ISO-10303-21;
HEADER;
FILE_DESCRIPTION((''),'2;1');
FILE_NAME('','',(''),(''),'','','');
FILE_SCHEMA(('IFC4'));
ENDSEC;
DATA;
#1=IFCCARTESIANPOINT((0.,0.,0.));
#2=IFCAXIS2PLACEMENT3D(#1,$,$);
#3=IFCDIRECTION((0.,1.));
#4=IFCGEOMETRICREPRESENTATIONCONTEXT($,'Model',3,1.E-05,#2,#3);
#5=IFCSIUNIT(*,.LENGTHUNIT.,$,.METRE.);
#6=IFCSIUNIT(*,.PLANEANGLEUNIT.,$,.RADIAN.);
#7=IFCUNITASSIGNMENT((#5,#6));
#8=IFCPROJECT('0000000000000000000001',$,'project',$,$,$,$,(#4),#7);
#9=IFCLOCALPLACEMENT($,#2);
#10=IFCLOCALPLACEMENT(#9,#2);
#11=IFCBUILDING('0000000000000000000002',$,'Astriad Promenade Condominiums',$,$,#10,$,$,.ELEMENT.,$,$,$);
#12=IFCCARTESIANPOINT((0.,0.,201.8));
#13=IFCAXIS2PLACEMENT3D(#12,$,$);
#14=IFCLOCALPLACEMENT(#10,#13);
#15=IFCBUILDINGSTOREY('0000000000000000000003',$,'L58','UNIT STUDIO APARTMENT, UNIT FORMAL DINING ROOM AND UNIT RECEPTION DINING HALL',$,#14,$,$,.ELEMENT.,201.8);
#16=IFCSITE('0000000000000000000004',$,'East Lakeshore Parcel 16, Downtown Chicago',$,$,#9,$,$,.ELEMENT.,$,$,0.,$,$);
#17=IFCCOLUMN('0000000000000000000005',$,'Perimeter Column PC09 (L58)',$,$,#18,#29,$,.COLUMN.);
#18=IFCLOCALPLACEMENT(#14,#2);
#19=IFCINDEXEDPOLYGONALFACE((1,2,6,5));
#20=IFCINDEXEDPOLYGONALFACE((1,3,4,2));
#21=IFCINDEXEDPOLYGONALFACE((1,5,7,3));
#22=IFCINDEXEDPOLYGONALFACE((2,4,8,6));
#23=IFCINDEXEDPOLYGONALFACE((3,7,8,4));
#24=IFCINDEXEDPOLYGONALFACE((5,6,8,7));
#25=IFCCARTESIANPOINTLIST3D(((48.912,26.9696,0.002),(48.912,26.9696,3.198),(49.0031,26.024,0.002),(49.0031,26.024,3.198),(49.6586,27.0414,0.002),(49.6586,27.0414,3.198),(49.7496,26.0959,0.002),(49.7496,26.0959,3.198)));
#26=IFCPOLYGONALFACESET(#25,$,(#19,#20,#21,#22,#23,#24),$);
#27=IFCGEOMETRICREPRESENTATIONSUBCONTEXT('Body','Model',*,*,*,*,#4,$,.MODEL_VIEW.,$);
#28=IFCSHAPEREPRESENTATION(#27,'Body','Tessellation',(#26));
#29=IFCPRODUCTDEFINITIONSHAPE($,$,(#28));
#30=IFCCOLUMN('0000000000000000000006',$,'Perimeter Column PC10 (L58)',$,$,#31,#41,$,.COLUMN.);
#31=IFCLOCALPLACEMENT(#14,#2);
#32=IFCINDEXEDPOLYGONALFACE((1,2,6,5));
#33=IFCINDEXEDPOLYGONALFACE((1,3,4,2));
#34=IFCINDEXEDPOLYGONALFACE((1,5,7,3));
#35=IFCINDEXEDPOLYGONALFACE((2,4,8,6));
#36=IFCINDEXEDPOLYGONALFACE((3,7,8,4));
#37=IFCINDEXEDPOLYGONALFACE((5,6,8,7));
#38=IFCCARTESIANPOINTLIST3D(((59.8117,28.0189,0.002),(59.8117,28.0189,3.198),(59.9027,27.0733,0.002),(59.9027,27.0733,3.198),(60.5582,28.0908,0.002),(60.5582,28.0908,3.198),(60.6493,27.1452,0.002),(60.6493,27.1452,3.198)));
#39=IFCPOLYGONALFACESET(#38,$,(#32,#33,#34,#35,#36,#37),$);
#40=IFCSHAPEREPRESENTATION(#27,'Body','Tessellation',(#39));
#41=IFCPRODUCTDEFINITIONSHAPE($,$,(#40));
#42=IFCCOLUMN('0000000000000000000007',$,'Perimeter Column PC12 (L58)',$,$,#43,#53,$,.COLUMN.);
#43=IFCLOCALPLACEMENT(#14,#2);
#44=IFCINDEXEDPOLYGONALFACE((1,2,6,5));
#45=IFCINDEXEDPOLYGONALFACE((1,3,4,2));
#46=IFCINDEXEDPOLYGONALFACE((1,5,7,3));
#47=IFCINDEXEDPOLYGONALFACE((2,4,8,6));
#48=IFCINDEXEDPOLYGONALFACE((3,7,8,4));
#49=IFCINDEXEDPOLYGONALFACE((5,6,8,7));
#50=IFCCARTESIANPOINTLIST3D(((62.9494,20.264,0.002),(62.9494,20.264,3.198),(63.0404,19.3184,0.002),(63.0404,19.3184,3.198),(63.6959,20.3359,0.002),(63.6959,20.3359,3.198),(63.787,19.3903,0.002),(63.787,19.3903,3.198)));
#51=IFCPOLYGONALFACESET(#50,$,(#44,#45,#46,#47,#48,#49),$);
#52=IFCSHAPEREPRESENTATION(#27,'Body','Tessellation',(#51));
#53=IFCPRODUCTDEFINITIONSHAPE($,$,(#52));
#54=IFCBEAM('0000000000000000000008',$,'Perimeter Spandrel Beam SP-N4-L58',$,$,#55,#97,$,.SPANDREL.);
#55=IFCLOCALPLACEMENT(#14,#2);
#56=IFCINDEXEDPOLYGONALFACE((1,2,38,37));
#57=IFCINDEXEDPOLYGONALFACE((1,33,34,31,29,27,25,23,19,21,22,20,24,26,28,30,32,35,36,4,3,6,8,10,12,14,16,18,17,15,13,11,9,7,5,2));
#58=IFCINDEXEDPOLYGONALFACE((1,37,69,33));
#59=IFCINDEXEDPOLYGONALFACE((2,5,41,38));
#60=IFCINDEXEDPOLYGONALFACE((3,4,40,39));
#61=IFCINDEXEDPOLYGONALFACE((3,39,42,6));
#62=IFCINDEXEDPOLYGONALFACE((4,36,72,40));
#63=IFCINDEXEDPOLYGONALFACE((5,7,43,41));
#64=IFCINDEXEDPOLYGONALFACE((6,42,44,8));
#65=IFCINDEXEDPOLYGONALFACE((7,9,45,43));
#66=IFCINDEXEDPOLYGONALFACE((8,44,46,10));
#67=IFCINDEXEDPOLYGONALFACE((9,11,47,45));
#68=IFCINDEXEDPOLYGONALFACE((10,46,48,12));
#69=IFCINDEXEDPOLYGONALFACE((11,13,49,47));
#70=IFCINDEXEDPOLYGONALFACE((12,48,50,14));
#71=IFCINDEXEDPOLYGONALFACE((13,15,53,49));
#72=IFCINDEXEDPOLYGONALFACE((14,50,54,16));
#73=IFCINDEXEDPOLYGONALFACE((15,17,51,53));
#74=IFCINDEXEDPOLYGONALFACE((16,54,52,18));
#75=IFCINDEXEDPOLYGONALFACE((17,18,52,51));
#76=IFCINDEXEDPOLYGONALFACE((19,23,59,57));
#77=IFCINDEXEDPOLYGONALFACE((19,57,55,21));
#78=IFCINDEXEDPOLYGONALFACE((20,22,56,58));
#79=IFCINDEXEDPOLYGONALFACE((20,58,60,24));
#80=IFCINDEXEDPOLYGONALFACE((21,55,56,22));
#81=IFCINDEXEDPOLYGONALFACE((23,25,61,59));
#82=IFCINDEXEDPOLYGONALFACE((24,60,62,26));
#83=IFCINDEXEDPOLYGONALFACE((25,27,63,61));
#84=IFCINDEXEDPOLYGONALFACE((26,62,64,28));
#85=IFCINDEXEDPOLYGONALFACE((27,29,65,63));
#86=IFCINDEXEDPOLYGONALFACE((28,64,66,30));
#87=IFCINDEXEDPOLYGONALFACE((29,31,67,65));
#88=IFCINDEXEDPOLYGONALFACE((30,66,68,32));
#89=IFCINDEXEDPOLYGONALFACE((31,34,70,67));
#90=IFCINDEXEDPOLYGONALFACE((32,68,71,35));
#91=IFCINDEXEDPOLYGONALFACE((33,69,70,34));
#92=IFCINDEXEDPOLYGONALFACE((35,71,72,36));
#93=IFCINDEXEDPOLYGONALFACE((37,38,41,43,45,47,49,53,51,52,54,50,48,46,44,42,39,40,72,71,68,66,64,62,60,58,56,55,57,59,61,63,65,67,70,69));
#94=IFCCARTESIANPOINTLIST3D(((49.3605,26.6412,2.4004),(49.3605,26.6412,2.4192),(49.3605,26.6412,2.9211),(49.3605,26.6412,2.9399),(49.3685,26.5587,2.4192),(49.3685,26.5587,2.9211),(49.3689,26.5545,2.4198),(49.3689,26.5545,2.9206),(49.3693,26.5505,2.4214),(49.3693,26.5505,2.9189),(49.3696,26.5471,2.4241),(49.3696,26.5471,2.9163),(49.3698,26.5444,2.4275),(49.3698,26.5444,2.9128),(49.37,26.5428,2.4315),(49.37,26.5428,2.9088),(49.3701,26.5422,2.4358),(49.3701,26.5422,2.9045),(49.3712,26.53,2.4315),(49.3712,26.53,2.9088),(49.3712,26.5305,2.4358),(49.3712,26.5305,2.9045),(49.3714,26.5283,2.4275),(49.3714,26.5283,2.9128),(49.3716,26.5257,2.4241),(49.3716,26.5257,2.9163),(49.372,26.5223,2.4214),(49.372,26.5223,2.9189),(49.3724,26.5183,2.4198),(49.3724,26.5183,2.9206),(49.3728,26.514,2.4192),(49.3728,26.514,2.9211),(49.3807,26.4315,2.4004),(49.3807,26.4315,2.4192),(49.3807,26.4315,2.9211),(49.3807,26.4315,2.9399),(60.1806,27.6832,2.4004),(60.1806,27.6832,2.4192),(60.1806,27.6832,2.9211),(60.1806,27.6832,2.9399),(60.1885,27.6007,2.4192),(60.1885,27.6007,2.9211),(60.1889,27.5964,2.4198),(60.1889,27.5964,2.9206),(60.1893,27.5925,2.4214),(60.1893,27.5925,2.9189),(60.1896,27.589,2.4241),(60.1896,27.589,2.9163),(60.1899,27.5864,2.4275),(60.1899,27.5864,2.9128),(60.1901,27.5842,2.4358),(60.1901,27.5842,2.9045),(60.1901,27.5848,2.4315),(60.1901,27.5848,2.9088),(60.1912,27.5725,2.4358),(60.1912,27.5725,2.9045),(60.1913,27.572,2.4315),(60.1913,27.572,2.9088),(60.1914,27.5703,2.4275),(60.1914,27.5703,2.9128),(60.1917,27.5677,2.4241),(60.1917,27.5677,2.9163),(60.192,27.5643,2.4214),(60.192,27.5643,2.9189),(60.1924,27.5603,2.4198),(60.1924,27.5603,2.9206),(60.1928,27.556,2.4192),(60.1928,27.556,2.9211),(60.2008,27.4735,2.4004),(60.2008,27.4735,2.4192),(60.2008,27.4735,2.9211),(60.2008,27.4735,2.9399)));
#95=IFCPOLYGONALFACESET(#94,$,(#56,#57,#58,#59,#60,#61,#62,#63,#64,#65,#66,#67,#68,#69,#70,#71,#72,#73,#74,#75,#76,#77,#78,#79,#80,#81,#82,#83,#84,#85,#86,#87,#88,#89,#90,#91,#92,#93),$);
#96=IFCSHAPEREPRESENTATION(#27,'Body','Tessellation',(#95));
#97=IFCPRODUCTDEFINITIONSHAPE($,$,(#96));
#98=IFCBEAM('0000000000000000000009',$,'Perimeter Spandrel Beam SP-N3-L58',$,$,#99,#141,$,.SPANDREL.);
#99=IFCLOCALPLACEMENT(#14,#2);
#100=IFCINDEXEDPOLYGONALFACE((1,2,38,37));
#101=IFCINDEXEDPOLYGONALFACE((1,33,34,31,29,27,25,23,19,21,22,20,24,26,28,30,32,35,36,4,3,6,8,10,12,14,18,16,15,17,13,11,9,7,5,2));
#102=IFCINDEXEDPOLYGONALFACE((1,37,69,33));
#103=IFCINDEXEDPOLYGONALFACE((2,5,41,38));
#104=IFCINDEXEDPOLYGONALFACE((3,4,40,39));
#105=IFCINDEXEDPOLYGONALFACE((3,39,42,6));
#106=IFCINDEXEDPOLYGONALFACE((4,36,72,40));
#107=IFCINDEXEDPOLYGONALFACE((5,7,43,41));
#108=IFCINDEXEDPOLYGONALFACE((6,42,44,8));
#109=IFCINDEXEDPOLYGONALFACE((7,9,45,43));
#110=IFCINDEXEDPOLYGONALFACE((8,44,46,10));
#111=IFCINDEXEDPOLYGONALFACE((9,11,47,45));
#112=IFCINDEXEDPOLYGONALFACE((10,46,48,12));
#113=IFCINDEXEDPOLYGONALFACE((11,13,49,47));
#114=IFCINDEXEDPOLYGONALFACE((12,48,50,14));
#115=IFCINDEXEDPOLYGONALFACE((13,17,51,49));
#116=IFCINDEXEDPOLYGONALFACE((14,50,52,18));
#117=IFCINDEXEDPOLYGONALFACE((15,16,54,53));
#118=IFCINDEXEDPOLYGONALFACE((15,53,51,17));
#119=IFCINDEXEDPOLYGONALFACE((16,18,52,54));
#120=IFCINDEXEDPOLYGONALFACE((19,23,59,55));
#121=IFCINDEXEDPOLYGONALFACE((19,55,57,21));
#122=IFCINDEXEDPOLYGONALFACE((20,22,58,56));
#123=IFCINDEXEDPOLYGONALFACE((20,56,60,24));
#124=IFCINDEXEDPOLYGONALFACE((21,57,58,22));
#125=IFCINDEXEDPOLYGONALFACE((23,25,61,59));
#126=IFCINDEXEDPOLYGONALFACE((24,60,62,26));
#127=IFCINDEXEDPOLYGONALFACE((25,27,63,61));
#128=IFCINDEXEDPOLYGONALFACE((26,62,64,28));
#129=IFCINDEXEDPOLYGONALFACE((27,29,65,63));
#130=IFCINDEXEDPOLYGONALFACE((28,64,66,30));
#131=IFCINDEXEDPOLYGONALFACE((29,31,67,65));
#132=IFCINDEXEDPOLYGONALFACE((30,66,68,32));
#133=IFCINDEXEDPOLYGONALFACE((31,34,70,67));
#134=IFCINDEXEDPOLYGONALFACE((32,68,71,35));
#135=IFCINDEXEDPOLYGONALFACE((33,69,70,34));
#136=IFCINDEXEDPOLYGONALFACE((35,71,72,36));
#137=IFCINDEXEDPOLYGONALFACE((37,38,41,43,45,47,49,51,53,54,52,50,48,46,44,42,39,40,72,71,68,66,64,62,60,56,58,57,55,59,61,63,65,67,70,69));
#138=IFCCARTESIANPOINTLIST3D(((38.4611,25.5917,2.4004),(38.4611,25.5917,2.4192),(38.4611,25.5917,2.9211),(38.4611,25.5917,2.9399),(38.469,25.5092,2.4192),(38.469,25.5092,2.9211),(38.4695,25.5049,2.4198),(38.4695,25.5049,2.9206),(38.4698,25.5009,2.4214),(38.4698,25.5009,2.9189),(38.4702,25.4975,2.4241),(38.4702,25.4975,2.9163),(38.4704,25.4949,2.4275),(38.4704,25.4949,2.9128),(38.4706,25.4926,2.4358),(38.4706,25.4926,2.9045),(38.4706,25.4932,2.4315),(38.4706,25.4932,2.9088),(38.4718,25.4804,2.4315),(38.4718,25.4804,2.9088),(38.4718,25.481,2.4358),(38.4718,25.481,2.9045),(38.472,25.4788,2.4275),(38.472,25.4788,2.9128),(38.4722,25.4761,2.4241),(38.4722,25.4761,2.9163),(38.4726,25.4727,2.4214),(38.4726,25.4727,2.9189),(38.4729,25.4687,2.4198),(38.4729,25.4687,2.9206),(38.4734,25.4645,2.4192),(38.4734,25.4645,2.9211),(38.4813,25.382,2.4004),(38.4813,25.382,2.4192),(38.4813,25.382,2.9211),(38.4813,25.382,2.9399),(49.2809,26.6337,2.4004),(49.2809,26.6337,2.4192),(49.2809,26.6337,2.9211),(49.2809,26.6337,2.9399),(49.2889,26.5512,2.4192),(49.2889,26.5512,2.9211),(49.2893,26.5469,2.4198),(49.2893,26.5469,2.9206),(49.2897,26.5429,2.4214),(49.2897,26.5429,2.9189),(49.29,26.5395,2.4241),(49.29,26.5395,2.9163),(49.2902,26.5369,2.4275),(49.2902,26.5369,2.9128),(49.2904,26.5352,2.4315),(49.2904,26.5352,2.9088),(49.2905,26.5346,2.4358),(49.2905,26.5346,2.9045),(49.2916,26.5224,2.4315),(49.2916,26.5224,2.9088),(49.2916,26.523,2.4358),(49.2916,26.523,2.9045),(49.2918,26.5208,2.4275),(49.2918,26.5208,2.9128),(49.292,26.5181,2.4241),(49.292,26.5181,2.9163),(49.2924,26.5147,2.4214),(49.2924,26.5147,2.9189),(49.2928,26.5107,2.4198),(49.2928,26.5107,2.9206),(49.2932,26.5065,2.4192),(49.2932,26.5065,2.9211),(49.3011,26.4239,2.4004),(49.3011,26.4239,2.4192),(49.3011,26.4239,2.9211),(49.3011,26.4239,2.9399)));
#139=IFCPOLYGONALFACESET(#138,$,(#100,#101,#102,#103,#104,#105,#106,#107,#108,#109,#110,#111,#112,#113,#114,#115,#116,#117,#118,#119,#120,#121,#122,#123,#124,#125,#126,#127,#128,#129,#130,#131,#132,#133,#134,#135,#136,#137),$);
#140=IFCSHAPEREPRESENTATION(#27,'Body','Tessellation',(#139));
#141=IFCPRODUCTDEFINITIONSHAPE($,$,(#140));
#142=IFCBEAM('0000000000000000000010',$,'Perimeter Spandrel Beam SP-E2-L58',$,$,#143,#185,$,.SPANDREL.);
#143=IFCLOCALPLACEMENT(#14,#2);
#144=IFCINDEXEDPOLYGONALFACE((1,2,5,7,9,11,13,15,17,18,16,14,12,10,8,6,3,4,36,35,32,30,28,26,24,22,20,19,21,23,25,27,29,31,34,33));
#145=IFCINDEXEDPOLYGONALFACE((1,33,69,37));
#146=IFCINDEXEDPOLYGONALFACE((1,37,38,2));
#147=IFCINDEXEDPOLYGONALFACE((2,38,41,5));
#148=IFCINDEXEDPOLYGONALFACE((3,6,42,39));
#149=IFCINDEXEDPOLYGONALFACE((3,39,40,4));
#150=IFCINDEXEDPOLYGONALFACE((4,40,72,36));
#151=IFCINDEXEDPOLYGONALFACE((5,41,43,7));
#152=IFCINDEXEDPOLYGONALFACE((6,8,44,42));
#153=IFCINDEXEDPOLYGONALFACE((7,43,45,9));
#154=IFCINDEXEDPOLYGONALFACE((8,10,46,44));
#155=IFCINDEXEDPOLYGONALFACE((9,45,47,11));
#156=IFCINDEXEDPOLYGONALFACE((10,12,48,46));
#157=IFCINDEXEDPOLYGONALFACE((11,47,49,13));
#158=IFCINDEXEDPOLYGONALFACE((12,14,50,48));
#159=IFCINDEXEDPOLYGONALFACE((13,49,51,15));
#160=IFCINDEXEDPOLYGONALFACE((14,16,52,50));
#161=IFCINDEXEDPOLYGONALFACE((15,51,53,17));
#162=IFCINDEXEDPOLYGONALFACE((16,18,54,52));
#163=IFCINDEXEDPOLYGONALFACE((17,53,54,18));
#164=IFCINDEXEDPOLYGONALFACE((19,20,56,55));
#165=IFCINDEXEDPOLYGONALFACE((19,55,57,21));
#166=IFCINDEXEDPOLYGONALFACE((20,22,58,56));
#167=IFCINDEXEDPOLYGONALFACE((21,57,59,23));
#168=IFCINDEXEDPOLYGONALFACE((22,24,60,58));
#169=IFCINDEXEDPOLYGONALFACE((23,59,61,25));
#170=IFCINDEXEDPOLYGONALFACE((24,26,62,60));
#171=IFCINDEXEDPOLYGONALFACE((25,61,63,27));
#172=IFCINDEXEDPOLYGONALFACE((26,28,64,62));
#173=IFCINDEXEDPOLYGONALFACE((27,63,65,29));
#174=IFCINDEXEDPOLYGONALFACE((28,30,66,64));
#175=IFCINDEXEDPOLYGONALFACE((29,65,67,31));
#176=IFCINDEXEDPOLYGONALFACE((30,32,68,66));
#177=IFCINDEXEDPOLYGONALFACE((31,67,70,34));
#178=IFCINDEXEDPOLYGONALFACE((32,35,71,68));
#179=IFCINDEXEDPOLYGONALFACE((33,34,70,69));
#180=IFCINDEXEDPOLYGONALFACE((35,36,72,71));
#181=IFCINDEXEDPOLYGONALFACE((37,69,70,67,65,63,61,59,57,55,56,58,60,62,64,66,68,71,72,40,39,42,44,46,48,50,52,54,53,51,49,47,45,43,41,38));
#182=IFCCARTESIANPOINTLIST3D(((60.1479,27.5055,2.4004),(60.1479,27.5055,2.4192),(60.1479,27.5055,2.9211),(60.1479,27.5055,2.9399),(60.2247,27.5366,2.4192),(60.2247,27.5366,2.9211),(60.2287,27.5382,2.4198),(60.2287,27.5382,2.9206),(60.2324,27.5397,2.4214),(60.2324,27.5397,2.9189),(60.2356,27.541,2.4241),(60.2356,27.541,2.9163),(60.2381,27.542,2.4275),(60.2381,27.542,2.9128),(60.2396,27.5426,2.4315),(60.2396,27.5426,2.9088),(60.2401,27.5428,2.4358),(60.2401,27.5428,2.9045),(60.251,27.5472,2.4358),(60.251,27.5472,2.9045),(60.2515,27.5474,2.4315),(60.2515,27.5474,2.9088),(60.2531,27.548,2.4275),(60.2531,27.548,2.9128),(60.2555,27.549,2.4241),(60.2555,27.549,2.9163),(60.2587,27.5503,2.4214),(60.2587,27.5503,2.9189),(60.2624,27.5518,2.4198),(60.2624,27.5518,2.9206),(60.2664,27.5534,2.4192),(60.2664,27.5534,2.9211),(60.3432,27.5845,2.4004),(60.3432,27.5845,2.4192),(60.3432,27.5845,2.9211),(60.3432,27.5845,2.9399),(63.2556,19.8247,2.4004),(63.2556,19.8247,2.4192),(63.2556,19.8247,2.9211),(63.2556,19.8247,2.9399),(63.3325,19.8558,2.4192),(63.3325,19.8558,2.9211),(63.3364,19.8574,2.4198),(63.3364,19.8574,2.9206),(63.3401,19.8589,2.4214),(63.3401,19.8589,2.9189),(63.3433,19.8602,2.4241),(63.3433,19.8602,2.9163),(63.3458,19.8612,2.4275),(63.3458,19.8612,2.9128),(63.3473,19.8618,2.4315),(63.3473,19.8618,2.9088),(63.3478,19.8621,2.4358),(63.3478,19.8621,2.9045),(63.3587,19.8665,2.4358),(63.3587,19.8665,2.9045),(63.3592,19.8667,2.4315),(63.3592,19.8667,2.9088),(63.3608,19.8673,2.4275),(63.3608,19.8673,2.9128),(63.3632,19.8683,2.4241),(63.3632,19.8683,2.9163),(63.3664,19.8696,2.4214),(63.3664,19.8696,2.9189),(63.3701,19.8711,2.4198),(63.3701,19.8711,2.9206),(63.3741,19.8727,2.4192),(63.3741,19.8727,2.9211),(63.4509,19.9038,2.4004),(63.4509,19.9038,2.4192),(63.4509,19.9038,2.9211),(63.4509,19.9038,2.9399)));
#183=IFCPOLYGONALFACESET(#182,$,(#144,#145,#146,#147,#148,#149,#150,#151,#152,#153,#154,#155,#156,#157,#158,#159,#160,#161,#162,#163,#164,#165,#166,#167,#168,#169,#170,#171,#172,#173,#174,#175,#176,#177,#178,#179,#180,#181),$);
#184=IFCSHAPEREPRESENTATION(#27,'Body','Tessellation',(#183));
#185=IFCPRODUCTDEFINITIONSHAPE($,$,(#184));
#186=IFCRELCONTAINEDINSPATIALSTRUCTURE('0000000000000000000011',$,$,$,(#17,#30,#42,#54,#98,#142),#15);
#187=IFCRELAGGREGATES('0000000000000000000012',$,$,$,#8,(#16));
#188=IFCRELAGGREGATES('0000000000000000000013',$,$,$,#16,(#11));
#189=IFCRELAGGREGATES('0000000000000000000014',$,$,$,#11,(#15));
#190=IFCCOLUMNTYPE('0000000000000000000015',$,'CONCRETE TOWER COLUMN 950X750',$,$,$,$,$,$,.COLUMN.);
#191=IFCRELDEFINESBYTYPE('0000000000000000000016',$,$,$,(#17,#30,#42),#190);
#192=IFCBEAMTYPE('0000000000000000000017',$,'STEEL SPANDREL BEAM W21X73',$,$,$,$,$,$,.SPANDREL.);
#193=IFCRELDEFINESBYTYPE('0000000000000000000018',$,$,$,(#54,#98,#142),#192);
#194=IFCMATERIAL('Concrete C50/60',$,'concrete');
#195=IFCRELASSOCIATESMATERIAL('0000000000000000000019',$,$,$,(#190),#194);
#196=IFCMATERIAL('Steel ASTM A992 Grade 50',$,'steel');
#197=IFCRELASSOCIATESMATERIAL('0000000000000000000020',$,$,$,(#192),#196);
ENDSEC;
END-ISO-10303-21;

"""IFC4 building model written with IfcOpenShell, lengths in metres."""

from ifc_helpers import new_model, si_unit, direction, frame, origin, origin_2d, place, context, subcontext, project, spatial, rectangle, i_section, extrude, source, transform, mapped, material, material_profile, profile_set, type_object, type_shapes, element, save


model = new_model("IFC4")

# Units and contexts
model_context = context("Model", 3, precision=1e-05, world=origin(), true_north=direction((0.0, 1.0)))
body_context = subcontext(model_context, "Body", "Model", "MODEL_VIEW")
ifc_project = project(units=[si_unit("LENGTHUNIT", "METRE"), si_unit("PLANEANGLEUNIT", "RADIAN")], contexts=[model_context])

# Site, building, storey
site_placement = place(None, origin())
site = spatial("IfcSite", under=ifc_project, at=site_placement, Name="East Lakeshore Parcel 16, Downtown Chicago", CompositionType="ELEMENT", RefElevation=0.0)
building_placement = place(site_placement, origin())
building = spatial("IfcBuilding", under=site, at=building_placement, Name="Astriad Promenade Condominiums", CompositionType="ELEMENT")
storey_placement = place(building_placement, frame((0.0, 0.0, 201.8)))
storey = spatial("IfcBuildingStorey", under=building, at=storey_placement, Name="L58", Description="UNIT STUDIO APARTMENT, UNIT FORMAL DINING ROOM AND UNIT RECEPTION DINING HALL", CompositionType="ELEMENT", Elevation=201.8)

# Columns
ifc_material_1 = material(Name="Concrete C50/60", Category="concrete")
ifc_material_profile_1 = material_profile(ifc_material_1, rectangle(XDim=0.75, YDim=0.95, at=origin_2d()), Name="RC-COL-950X750")
ifc_profile_set_1 = profile_set([ifc_material_profile_1], Name="Concrete C50/60")
column_type = type_object("IfcColumnType", Name="CONCRETE TOWER COLUMN 950X750", PredefinedType="COLUMN", material=ifc_profile_set_1)
shared_shape_1 = source(origin(), body_context, "Body", "SweptSolid", [
    extrude(rectangle(XDim=0.75, YDim=0.95, at=origin_2d()), origin(), (0.0, 0.0, 1.0), 3.196),
])
type_shapes(column_type, [shared_shape_1])
for number, where, z_axis, x_axis, name in (
    (1, (49.3308, 26.5327, 0.002), (0.0, 0.0, 1.0), (0.995396, 0.095846, 0.0), "Perimeter Column PC09 (L58)"),
    (2, (60.2305, 27.582, 0.002), (0.0, 0.0, 1.0), (0.995396, 0.095846, 0.0), "Perimeter Column PC10 (L58)"),
    (3, (63.3682, 19.8271, 0.002), (0.0, 0.0, 1.0), (0.995396, 0.095846, 0.0), "Perimeter Column PC12 (L58)"),
):
    element("IfcColumn", number, at=place(storey_placement, frame(where, z_axis=z_axis, x_axis=x_axis)), inside=storey, type_object=column_type, Name=name, PredefinedType="COLUMN", context=body_context, shape_type="MappedRepresentation", body=[
        mapped(shared_shape_1, transform((0.0, 0.0, 0.0), scale=1.0)),
    ])

# Beams
ifc_material_2 = material(Name="Steel ASTM A992 Grade 50", Category="steel")
ifc_material_profile_2 = material_profile(ifc_material_2, i_section(OverallWidth=0.2107, OverallDepth=0.5396, WebThickness=0.0117, FlangeThickness=0.0188, FilletRadius=0.0166, at=origin_2d()), Name="W21X73")
ifc_profile_set_2 = profile_set([ifc_material_profile_2], Name="Steel ASTM A992 Grade 50")
beam_type_1 = type_object("IfcBeamType", Name="STEEL SPANDREL BEAM W21X73", PredefinedType="SPANDREL", material=ifc_profile_set_2)
shared_shape_2 = source(origin(), body_context, "Body", "SweptSolid", [
    extrude(i_section(OverallWidth=0.2107, OverallDepth=0.5396, WebThickness=0.0117, FlangeThickness=0.0188, FilletRadius=0.0166, at=origin_2d()), origin(), (0.0, 0.0, 1.0), 10.8701),
])
beam_1_placement = place(storey_placement, frame((60.1907, 27.5784, 2.6702), z_axis=(-0.995395, -0.095858, 0.0), x_axis=(0.095858, -0.995395, 0.0)))
element("IfcBeam", 4, at=beam_1_placement, inside=storey, type_object=beam_type_1, Name="Perimeter Spandrel Beam SP-N4-L58", PredefinedType="SPANDREL", context=body_context, shape_type="MappedRepresentation", body=[
    mapped(shared_shape_2, transform((0.0, 0.0, 0.0), scale=1.0)),
])
shared_shape_3 = source(origin(), body_context, "Body", "SweptSolid", [
    extrude(i_section(OverallWidth=0.2107, OverallDepth=0.5396, WebThickness=0.0117, FlangeThickness=0.0188, FilletRadius=0.0166, at=origin_2d()), origin(), (0.0, 0.0, 1.0), 10.8699),
])
beam_2_placement = place(storey_placement, frame((49.291, 26.5288, 2.6702), z_axis=(-0.995395, -0.09586, 0.0), x_axis=(0.09586, -0.995395, 0.0)))
element("IfcBeam", 5, at=beam_2_placement, inside=storey, type_object=beam_type_1, Name="Perimeter Spandrel Beam SP-N3-L58", PredefinedType="SPANDREL", context=body_context, shape_type="MappedRepresentation", body=[
    mapped(shared_shape_3, transform((0.0, 0.0, 0.0), scale=1.0)),
])
shared_shape_4 = source(origin(), body_context, "Body", "SweptSolid", [
    extrude(i_section(OverallWidth=0.2107, OverallDepth=0.5396, WebThickness=0.0117, FlangeThickness=0.0188, FilletRadius=0.0166, at=origin_2d()), origin(), (0.0, 0.0, 1.0), 8.2856),
])
type_shapes(beam_type_1, [shared_shape_2, shared_shape_3, shared_shape_4])
beam_3_placement = place(storey_placement, frame((63.3533, 19.8643, 2.6702), z_axis=(-0.375071, 0.926996, 0.0), x_axis=(-0.926996, -0.375071, 0.0)))
element("IfcBeam", 6, at=beam_3_placement, inside=storey, type_object=beam_type_1, Name="Perimeter Spandrel Beam SP-E2-L58", PredefinedType="SPANDREL", context=body_context, shape_type="MappedRepresentation", body=[
    mapped(shared_shape_4, transform((0.0, 0.0, 0.0), scale=1.0)),
])

save(model, "model.ifc")
